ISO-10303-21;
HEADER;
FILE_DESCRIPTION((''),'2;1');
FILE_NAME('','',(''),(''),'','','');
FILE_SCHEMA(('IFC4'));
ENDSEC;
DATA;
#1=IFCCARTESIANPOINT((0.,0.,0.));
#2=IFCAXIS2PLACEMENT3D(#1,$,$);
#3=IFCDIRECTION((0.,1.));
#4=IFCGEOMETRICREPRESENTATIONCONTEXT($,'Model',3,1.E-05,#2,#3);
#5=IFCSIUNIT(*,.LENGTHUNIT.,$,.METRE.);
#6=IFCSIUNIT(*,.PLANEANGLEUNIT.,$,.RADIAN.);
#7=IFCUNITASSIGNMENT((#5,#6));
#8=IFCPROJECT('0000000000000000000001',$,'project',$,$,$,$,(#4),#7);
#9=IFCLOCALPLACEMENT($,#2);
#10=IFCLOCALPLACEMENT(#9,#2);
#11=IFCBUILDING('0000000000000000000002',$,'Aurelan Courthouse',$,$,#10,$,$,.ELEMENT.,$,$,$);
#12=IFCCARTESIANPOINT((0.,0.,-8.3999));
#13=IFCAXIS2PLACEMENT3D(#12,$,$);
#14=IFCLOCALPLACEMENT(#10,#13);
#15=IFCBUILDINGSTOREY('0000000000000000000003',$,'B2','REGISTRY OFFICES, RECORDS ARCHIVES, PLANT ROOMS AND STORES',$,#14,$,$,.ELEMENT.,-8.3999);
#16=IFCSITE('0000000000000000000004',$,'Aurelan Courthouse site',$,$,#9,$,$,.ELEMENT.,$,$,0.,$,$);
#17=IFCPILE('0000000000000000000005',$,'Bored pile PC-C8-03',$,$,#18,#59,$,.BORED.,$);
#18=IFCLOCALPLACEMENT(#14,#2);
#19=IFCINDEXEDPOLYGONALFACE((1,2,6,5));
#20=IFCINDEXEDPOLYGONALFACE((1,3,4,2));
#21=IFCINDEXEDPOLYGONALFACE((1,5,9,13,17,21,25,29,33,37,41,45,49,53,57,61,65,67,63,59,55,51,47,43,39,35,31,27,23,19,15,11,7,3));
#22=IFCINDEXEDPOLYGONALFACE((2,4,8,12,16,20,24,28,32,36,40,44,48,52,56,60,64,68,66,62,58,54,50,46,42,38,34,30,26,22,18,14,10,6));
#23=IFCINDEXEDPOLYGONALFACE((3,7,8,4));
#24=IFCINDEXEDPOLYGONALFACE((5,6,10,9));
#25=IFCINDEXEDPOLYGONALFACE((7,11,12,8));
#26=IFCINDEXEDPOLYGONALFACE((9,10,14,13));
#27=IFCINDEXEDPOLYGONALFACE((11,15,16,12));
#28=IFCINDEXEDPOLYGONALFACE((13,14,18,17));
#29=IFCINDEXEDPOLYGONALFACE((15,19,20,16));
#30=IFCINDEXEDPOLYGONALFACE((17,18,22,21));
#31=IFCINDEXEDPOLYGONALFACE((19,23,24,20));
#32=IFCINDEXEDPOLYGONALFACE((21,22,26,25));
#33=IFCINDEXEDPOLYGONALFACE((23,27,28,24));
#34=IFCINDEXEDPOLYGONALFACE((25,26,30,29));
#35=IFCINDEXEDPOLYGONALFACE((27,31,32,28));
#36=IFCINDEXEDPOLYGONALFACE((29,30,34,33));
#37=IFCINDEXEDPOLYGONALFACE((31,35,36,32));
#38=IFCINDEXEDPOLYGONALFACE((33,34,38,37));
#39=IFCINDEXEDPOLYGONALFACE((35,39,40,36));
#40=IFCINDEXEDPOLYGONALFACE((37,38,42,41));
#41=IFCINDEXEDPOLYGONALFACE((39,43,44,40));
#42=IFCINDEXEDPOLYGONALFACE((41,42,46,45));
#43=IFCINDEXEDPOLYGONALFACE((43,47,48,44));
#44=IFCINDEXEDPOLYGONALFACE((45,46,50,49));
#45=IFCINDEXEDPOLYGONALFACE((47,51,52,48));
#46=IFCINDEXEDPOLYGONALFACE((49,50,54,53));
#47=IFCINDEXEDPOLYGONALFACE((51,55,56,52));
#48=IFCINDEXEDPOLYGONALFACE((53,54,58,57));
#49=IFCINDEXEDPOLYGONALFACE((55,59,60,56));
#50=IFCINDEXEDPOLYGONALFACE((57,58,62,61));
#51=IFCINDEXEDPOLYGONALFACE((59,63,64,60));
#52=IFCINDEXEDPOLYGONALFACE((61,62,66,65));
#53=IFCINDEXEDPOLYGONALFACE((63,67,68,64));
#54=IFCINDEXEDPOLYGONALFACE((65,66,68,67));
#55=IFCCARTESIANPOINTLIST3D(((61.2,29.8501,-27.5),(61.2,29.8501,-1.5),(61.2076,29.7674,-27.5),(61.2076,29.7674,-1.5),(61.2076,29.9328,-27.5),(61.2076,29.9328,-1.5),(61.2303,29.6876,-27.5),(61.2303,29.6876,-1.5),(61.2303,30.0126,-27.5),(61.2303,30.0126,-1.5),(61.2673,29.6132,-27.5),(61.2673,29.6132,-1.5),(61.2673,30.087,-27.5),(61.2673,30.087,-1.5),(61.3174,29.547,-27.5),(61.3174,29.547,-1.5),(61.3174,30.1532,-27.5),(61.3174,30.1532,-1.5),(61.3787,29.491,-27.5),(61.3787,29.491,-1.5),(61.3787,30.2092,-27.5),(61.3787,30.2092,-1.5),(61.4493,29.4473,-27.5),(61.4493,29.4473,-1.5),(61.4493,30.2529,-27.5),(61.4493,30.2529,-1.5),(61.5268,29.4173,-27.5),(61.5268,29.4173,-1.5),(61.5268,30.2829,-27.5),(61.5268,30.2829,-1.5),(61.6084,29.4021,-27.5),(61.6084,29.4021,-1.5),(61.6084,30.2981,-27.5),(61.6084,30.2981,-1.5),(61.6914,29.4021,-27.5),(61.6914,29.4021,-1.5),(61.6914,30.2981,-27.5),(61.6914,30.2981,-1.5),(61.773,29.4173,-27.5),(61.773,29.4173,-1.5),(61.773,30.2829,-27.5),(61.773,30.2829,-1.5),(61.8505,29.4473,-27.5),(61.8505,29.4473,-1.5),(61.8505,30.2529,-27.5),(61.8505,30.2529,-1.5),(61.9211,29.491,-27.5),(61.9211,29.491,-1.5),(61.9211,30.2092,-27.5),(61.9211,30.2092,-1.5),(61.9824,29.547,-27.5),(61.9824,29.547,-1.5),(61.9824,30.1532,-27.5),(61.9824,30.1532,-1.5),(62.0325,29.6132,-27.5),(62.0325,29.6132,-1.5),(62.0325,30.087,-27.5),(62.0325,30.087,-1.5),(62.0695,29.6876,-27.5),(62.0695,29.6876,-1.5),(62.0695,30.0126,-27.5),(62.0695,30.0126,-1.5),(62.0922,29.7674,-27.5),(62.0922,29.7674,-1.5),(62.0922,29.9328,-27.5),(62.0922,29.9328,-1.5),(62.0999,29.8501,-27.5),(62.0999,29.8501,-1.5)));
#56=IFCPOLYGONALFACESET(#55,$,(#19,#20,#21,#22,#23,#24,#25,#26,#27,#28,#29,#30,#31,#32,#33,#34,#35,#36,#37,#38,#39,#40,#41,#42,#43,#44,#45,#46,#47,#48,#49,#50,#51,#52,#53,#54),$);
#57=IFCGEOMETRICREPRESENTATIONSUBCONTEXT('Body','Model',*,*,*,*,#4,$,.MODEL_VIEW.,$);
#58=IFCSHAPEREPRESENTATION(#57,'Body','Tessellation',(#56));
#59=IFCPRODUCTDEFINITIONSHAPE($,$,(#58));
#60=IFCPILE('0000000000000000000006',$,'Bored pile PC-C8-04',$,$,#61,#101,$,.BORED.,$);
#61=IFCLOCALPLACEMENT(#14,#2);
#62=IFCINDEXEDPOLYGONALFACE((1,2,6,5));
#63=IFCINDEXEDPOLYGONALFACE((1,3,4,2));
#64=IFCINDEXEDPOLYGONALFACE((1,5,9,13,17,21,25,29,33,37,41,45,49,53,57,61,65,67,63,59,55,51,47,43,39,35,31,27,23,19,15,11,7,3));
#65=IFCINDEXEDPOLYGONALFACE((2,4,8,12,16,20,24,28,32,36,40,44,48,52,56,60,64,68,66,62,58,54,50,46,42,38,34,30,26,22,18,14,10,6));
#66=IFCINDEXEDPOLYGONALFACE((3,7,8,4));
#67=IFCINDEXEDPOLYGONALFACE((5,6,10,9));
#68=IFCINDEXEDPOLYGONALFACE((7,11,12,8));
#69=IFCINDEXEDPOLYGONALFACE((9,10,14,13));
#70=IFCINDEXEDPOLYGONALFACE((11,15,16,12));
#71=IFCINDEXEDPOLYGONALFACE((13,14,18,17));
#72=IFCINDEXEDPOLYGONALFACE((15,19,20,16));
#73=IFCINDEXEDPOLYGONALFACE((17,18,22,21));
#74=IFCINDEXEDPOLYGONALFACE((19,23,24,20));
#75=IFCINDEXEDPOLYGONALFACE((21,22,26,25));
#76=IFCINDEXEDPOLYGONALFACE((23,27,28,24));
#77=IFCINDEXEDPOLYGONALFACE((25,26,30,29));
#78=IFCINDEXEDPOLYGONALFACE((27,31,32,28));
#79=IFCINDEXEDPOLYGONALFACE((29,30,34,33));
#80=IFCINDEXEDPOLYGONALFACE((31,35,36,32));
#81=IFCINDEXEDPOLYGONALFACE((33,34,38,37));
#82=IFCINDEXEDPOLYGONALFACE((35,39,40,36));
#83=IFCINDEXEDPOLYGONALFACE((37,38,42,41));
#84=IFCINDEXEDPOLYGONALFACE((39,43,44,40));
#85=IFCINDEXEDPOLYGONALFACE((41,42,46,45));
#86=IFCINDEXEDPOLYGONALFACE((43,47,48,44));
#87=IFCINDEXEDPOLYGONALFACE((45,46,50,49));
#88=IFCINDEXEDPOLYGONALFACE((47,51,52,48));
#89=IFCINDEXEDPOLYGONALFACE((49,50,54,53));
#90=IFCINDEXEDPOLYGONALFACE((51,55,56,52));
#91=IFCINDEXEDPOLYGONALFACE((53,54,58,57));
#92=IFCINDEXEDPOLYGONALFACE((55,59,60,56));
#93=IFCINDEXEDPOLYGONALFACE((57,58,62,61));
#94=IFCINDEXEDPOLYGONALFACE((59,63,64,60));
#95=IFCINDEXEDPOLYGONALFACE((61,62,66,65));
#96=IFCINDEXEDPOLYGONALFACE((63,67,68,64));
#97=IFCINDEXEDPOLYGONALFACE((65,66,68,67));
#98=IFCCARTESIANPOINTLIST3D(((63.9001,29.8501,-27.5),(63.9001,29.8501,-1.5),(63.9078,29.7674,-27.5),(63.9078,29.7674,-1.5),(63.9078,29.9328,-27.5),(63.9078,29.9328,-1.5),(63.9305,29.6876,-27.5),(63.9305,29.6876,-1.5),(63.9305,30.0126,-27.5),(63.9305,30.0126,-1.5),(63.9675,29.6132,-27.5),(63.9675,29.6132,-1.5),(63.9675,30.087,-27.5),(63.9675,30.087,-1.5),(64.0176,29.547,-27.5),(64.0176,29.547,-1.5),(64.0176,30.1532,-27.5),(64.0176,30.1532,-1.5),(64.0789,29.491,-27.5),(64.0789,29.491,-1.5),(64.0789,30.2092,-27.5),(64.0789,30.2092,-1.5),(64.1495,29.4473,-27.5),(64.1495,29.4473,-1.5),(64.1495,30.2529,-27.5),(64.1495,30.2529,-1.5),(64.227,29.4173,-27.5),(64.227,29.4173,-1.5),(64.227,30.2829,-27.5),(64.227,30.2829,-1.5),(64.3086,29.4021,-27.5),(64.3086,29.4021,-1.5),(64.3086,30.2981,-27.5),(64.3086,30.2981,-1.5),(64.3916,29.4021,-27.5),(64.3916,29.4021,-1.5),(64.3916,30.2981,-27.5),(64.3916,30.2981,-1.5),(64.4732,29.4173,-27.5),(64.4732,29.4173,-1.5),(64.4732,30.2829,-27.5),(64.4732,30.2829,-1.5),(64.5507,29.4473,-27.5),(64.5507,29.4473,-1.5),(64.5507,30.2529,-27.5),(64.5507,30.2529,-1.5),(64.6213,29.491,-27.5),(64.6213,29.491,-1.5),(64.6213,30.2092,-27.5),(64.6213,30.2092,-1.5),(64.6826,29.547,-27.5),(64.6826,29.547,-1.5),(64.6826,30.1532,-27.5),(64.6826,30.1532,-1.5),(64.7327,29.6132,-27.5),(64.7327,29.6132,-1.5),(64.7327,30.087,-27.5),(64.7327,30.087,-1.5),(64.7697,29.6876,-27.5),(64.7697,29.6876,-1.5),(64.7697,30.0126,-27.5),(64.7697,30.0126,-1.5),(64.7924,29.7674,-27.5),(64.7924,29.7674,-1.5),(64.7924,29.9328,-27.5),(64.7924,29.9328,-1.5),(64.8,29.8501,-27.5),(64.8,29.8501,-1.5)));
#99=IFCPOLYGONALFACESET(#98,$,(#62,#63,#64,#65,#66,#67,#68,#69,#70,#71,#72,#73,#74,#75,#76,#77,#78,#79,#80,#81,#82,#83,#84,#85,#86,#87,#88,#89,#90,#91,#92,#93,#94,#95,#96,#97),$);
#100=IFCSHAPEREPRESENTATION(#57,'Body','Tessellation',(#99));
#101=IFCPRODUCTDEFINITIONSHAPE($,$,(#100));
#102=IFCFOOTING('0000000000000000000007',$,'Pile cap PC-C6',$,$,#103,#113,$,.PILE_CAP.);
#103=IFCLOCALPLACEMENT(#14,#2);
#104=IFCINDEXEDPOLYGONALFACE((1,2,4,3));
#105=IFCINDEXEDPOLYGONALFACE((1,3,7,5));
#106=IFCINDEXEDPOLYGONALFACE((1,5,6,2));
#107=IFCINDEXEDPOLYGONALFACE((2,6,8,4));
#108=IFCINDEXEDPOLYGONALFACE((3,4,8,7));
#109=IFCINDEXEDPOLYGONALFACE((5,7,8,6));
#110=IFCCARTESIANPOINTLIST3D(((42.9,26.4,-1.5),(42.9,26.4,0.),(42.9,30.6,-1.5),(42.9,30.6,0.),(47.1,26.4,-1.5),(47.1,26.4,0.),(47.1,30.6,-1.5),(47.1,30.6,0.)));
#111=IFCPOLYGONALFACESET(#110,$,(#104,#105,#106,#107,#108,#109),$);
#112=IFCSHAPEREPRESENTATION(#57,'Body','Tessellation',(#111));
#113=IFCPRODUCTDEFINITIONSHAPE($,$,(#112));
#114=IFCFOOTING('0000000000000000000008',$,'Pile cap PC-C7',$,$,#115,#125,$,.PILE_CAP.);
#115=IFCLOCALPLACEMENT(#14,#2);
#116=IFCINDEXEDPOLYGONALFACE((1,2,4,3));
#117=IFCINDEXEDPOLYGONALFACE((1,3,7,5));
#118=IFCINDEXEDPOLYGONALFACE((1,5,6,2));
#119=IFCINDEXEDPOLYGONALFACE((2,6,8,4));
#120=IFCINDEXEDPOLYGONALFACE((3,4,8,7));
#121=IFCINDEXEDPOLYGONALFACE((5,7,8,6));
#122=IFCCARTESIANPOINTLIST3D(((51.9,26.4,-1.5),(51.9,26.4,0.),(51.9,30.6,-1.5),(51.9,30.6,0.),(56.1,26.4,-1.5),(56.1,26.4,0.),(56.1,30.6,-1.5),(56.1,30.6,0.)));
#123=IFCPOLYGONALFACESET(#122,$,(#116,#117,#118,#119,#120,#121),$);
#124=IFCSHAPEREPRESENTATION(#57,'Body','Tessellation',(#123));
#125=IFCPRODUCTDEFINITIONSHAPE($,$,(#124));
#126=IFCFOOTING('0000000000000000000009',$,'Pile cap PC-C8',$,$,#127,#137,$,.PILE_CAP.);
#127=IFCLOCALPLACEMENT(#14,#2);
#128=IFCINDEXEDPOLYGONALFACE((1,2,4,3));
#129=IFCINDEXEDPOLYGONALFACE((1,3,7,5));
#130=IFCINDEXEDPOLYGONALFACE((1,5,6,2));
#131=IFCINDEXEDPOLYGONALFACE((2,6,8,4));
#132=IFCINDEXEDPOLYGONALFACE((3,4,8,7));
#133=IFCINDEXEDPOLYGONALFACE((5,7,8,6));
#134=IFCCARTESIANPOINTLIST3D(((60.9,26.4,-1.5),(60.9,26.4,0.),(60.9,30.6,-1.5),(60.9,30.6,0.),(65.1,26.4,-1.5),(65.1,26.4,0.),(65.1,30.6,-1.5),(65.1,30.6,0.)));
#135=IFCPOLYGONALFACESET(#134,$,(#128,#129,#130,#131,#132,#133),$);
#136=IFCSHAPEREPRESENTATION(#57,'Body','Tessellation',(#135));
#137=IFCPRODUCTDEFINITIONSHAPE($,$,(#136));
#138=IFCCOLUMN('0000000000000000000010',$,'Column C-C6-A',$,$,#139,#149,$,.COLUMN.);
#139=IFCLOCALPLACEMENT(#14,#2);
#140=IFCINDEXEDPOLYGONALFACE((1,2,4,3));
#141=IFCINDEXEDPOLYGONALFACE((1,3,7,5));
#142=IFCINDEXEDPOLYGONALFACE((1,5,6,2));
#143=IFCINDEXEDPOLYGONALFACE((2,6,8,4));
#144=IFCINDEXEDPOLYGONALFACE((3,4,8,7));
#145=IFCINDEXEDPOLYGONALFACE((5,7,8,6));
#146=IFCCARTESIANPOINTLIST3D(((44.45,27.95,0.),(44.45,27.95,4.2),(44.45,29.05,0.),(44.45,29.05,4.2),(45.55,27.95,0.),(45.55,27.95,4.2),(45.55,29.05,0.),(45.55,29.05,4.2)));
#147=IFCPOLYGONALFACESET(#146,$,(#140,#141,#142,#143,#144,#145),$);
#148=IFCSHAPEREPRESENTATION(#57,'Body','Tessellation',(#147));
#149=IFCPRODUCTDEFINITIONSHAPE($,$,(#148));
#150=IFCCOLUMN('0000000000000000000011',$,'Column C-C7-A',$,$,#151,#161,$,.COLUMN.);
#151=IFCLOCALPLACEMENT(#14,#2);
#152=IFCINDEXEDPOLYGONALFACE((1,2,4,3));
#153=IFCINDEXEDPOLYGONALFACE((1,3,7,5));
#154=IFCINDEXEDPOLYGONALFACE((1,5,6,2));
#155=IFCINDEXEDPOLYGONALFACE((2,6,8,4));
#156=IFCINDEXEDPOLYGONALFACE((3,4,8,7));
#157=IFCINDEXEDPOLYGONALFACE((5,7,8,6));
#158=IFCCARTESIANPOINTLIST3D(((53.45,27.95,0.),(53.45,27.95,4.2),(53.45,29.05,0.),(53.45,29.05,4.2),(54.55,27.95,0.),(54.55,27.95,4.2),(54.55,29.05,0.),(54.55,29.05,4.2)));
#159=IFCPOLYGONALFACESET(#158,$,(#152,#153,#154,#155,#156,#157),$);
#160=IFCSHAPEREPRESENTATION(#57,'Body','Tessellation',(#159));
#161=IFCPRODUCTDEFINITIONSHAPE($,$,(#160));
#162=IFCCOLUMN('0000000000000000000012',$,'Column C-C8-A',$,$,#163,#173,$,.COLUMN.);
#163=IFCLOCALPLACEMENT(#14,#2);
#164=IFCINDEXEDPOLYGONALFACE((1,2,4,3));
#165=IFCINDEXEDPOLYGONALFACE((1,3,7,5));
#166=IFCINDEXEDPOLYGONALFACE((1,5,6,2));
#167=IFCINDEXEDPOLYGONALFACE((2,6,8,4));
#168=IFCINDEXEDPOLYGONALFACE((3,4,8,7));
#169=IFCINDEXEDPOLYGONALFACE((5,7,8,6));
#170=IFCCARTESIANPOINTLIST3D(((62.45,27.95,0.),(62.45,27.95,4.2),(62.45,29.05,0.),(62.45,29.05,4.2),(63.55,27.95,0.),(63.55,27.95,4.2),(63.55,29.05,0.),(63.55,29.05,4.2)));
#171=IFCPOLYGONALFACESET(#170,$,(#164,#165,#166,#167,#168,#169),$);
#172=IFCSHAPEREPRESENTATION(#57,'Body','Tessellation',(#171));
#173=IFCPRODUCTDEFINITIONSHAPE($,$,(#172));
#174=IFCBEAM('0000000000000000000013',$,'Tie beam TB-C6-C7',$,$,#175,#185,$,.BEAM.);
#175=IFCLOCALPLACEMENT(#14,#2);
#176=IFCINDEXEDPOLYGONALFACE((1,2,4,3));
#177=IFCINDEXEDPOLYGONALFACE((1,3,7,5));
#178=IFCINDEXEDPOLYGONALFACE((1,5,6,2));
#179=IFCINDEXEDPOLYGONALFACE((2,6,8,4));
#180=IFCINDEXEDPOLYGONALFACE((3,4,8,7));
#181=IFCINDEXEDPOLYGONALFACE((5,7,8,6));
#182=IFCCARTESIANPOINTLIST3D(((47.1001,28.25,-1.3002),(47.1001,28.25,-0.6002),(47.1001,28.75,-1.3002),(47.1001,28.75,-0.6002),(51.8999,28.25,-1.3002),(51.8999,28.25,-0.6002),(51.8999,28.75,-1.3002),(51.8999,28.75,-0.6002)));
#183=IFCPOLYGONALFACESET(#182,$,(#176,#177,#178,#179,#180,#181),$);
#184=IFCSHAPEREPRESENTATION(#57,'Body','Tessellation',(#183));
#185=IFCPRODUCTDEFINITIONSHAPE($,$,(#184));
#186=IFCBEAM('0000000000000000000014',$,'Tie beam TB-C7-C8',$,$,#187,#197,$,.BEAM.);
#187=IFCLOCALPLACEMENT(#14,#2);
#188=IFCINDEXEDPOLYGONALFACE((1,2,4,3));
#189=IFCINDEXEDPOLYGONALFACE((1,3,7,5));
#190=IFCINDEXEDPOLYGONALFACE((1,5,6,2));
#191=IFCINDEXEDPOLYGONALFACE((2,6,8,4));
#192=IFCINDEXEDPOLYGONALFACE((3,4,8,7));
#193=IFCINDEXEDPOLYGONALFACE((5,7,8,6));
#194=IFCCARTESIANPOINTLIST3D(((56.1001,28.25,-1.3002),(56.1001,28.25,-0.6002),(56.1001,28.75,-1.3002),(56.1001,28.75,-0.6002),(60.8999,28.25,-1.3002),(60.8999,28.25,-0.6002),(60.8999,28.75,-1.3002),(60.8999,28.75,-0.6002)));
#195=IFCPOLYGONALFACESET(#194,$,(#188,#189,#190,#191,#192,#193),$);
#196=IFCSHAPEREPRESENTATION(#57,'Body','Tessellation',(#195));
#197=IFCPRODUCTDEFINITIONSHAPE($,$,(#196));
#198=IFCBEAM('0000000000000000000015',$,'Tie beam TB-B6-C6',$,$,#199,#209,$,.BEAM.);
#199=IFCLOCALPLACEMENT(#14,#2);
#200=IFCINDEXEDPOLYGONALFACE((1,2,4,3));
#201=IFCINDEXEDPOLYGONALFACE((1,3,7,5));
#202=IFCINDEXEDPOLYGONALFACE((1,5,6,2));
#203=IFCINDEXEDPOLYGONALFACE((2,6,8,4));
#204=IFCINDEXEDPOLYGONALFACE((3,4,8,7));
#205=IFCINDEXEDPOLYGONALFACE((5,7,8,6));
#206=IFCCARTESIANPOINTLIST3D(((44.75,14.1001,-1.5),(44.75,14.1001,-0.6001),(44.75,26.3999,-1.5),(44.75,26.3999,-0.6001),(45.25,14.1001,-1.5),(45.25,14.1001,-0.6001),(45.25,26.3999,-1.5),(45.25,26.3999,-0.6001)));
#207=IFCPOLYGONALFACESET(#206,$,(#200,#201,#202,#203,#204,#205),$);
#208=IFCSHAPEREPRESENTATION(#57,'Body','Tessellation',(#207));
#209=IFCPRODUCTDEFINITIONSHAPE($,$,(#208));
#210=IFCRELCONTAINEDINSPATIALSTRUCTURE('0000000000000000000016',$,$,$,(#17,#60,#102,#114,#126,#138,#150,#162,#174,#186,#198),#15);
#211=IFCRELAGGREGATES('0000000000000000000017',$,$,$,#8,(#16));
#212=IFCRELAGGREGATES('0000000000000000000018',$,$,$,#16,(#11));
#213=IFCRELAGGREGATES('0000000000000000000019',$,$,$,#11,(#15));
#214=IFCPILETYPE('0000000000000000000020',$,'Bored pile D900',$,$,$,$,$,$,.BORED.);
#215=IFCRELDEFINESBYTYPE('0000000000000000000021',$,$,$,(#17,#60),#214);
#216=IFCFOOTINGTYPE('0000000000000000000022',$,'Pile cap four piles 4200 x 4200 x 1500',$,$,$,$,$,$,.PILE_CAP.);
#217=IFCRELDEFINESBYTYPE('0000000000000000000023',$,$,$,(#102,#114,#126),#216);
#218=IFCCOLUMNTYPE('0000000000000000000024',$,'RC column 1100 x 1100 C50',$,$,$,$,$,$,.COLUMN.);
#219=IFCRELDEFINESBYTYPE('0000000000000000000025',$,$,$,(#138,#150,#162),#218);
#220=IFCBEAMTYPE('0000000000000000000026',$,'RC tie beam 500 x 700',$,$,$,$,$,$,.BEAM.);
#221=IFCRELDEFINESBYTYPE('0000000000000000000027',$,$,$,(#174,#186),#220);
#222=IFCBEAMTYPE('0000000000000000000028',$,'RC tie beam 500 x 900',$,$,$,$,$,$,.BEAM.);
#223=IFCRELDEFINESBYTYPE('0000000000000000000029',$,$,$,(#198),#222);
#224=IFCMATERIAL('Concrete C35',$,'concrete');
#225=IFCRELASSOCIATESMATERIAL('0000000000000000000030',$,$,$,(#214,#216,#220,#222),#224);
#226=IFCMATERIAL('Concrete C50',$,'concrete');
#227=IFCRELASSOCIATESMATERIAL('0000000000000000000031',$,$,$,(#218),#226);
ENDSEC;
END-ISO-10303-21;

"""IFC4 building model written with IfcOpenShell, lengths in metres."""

from ifc_helpers import new_model, si_unit, direction, frame, origin, origin_2d, place, context, subcontext, project, spatial, rectangle, circle, extrude, material, material_profile, profile_set, type_object, element, save


model = new_model("IFC4")

# Units and contexts
model_context = context("Model", 3, precision=1e-05, world=origin(), true_north=direction((0.0, 1.0)))
body_context = subcontext(model_context, "Body", "Model", "MODEL_VIEW")
ifc_project = project(units=[si_unit("LENGTHUNIT", "METRE"), si_unit("PLANEANGLEUNIT", "RADIAN")], contexts=[model_context])

# Site, building, storey
site_placement = place(None, origin())
site = spatial("IfcSite", under=ifc_project, at=site_placement, Name="Aurelan Courthouse site", CompositionType="ELEMENT", RefElevation=0.0)
building_placement = place(site_placement, origin())
building = spatial("IfcBuilding", under=site, at=building_placement, Name="Aurelan Courthouse", CompositionType="ELEMENT")
storey_placement = place(building_placement, frame((0.0, 0.0, -8.3999)))
storey = spatial("IfcBuildingStorey", under=building, at=storey_placement, Name="B2", Description="REGISTRY OFFICES, RECORDS ARCHIVES, PLANT ROOMS AND STORES", CompositionType="ELEMENT", Elevation=-8.3999)

# Piles
ifc_material_1 = material(Name="Concrete C35", Category="concrete")
ifc_material_profile_1 = material_profile(ifc_material_1, circle(Radius=0.45, at=origin_2d()), Name="D900")
ifc_profile_set_1 = profile_set([ifc_material_profile_1], Name="Concrete C35")
pile_type = type_object("IfcPileType", Name="Bored pile D900", PredefinedType="BORED", material=ifc_profile_set_1)
for number, where, z_axis, x_axis, name in (
    (1, (61.6499, 29.8501, -1.5), (0.0, 0.0, -1.0), (1.0, 0.0, 0.0), "Bored pile PC-C8-03"),
    (2, (64.3501, 29.8501, -1.5), (0.0, 0.0, -1.0), (1.0, 0.0, 0.0), "Bored pile PC-C8-04"),
):
    element("IfcPile", number, at=place(storey_placement, frame(where, z_axis=z_axis, x_axis=x_axis)), inside=storey, type_object=pile_type, Name=name, PredefinedType="BORED", context=body_context, shape_type="SweptSolid", body=[
        extrude(circle(Radius=0.45, at=origin_2d()), origin(), (0.0, 0.0, 1.0), 26.0),
    ])

# Footings
footing_type = type_object("IfcFootingType", Name="Pile cap four piles 4200 x 4200 x 1500", PredefinedType="PILE_CAP", material=ifc_material_1)
for number, where, z_axis, x_axis, name in (
    (3, (45.0, 28.5, -1.5), (0.0, 0.0, 1.0), (1.0, 0.0, 0.0), "Pile cap PC-C6"),
    (4, (54.0, 28.5, -1.5), (0.0, 0.0, 1.0), (1.0, 0.0, 0.0), "Pile cap PC-C7"),
    (5, (63.0, 28.5, -1.5), (0.0, 0.0, 1.0), (1.0, 0.0, 0.0), "Pile cap PC-C8"),
):
    element("IfcFooting", number, at=place(storey_placement, frame(where, z_axis=z_axis, x_axis=x_axis)), inside=storey, type_object=footing_type, Name=name, PredefinedType="PILE_CAP", context=body_context, shape_type="SweptSolid", body=[
        extrude(rectangle(XDim=4.2, YDim=4.2, at=origin_2d()), origin(), (0.0, 0.0, 1.0), 1.5),
    ])

# Columns
ifc_material_2 = material(Name="Concrete C50", Category="concrete")
ifc_material_profile_2 = material_profile(ifc_material_2, rectangle(XDim=1.1001, YDim=1.1001, at=origin_2d()), Name="RC 1100 x 1100")
ifc_profile_set_2 = profile_set([ifc_material_profile_2], Name="Concrete C50")
column_type = type_object("IfcColumnType", Name="RC column 1100 x 1100 C50", PredefinedType="COLUMN", material=ifc_profile_set_2)
for number, where, z_axis, x_axis, name in (
    (6, (45.0, 28.5, 0.0), (0.0, 0.0, 1.0), (1.0, 0.0, 0.0), "Column C-C6-A"),
    (7, (54.0, 28.5, 0.0), (0.0, 0.0, 1.0), (1.0, 0.0, 0.0), "Column C-C7-A"),
    (8, (63.0, 28.5, 0.0), (0.0, 0.0, 1.0), (1.0, 0.0, 0.0), "Column C-C8-A"),
):
    element("IfcColumn", number, at=place(storey_placement, frame(where, z_axis=z_axis, x_axis=x_axis)), inside=storey, type_object=column_type, Name=name, PredefinedType="COLUMN", context=body_context, shape_type="SweptSolid", body=[
        extrude(rectangle(XDim=1.1001, YDim=1.1001, at=origin_2d()), origin(), (0.0, 0.0, 1.0), 4.2),
    ])

# Beams
ifc_material_profile_3 = material_profile(ifc_material_1, rectangle(XDim=0.5, YDim=0.7, at=origin_2d()), Name="RC 500 x 700")
ifc_profile_set_3 = profile_set([ifc_material_profile_3], Name="Concrete C35")
beam_type_1 = type_object("IfcBeamType", Name="RC tie beam 500 x 700", PredefinedType="BEAM", material=ifc_profile_set_3)
for number, where, z_axis, x_axis, name in (
    (9, (47.1001, 28.5, -0.9502), (1.0, 0.0, 0.0), (0.0, 1.0, 0.0), "Tie beam TB-C6-C7"),
    (10, (56.1001, 28.5, -0.9502), (1.0, 0.0, 0.0), (0.0, 1.0, 0.0), "Tie beam TB-C7-C8"),
):
    element("IfcBeam", number, at=place(storey_placement, frame(where, z_axis=z_axis, x_axis=x_axis)), inside=storey, type_object=beam_type_1, Name=name, PredefinedType="BEAM", context=body_context, shape_type="SweptSolid", body=[
        extrude(rectangle(XDim=0.5, YDim=0.7, at=origin_2d()), origin(), (0.0, 0.0, 1.0), 4.7998),
    ])
ifc_material_profile_4 = material_profile(ifc_material_1, rectangle(XDim=0.5, YDim=0.8999, at=origin_2d()), Name="RC 500 x 900")
ifc_profile_set_4 = profile_set([ifc_material_profile_4], Name="Concrete C35")
beam_type_2 = type_object("IfcBeamType", Name="RC tie beam 500 x 900", PredefinedType="BEAM", material=ifc_profile_set_4)
for number, where, z_axis, x_axis, name in (
    (11, (45.0, 14.1001, -1.05), (0.0, 1.0, 0.0), (-1.0, 0.0, 0.0), "Tie beam TB-B6-C6"),
):
    element("IfcBeam", number, at=place(storey_placement, frame(where, z_axis=z_axis, x_axis=x_axis)), inside=storey, type_object=beam_type_2, Name=name, PredefinedType="BEAM", context=body_context, shape_type="SweptSolid", body=[
        extrude(rectangle(XDim=0.5, YDim=0.8999, at=origin_2d()), origin(), (0.0, 0.0, 1.0), 12.2998),
    ])

save(model, "model.ifc")
